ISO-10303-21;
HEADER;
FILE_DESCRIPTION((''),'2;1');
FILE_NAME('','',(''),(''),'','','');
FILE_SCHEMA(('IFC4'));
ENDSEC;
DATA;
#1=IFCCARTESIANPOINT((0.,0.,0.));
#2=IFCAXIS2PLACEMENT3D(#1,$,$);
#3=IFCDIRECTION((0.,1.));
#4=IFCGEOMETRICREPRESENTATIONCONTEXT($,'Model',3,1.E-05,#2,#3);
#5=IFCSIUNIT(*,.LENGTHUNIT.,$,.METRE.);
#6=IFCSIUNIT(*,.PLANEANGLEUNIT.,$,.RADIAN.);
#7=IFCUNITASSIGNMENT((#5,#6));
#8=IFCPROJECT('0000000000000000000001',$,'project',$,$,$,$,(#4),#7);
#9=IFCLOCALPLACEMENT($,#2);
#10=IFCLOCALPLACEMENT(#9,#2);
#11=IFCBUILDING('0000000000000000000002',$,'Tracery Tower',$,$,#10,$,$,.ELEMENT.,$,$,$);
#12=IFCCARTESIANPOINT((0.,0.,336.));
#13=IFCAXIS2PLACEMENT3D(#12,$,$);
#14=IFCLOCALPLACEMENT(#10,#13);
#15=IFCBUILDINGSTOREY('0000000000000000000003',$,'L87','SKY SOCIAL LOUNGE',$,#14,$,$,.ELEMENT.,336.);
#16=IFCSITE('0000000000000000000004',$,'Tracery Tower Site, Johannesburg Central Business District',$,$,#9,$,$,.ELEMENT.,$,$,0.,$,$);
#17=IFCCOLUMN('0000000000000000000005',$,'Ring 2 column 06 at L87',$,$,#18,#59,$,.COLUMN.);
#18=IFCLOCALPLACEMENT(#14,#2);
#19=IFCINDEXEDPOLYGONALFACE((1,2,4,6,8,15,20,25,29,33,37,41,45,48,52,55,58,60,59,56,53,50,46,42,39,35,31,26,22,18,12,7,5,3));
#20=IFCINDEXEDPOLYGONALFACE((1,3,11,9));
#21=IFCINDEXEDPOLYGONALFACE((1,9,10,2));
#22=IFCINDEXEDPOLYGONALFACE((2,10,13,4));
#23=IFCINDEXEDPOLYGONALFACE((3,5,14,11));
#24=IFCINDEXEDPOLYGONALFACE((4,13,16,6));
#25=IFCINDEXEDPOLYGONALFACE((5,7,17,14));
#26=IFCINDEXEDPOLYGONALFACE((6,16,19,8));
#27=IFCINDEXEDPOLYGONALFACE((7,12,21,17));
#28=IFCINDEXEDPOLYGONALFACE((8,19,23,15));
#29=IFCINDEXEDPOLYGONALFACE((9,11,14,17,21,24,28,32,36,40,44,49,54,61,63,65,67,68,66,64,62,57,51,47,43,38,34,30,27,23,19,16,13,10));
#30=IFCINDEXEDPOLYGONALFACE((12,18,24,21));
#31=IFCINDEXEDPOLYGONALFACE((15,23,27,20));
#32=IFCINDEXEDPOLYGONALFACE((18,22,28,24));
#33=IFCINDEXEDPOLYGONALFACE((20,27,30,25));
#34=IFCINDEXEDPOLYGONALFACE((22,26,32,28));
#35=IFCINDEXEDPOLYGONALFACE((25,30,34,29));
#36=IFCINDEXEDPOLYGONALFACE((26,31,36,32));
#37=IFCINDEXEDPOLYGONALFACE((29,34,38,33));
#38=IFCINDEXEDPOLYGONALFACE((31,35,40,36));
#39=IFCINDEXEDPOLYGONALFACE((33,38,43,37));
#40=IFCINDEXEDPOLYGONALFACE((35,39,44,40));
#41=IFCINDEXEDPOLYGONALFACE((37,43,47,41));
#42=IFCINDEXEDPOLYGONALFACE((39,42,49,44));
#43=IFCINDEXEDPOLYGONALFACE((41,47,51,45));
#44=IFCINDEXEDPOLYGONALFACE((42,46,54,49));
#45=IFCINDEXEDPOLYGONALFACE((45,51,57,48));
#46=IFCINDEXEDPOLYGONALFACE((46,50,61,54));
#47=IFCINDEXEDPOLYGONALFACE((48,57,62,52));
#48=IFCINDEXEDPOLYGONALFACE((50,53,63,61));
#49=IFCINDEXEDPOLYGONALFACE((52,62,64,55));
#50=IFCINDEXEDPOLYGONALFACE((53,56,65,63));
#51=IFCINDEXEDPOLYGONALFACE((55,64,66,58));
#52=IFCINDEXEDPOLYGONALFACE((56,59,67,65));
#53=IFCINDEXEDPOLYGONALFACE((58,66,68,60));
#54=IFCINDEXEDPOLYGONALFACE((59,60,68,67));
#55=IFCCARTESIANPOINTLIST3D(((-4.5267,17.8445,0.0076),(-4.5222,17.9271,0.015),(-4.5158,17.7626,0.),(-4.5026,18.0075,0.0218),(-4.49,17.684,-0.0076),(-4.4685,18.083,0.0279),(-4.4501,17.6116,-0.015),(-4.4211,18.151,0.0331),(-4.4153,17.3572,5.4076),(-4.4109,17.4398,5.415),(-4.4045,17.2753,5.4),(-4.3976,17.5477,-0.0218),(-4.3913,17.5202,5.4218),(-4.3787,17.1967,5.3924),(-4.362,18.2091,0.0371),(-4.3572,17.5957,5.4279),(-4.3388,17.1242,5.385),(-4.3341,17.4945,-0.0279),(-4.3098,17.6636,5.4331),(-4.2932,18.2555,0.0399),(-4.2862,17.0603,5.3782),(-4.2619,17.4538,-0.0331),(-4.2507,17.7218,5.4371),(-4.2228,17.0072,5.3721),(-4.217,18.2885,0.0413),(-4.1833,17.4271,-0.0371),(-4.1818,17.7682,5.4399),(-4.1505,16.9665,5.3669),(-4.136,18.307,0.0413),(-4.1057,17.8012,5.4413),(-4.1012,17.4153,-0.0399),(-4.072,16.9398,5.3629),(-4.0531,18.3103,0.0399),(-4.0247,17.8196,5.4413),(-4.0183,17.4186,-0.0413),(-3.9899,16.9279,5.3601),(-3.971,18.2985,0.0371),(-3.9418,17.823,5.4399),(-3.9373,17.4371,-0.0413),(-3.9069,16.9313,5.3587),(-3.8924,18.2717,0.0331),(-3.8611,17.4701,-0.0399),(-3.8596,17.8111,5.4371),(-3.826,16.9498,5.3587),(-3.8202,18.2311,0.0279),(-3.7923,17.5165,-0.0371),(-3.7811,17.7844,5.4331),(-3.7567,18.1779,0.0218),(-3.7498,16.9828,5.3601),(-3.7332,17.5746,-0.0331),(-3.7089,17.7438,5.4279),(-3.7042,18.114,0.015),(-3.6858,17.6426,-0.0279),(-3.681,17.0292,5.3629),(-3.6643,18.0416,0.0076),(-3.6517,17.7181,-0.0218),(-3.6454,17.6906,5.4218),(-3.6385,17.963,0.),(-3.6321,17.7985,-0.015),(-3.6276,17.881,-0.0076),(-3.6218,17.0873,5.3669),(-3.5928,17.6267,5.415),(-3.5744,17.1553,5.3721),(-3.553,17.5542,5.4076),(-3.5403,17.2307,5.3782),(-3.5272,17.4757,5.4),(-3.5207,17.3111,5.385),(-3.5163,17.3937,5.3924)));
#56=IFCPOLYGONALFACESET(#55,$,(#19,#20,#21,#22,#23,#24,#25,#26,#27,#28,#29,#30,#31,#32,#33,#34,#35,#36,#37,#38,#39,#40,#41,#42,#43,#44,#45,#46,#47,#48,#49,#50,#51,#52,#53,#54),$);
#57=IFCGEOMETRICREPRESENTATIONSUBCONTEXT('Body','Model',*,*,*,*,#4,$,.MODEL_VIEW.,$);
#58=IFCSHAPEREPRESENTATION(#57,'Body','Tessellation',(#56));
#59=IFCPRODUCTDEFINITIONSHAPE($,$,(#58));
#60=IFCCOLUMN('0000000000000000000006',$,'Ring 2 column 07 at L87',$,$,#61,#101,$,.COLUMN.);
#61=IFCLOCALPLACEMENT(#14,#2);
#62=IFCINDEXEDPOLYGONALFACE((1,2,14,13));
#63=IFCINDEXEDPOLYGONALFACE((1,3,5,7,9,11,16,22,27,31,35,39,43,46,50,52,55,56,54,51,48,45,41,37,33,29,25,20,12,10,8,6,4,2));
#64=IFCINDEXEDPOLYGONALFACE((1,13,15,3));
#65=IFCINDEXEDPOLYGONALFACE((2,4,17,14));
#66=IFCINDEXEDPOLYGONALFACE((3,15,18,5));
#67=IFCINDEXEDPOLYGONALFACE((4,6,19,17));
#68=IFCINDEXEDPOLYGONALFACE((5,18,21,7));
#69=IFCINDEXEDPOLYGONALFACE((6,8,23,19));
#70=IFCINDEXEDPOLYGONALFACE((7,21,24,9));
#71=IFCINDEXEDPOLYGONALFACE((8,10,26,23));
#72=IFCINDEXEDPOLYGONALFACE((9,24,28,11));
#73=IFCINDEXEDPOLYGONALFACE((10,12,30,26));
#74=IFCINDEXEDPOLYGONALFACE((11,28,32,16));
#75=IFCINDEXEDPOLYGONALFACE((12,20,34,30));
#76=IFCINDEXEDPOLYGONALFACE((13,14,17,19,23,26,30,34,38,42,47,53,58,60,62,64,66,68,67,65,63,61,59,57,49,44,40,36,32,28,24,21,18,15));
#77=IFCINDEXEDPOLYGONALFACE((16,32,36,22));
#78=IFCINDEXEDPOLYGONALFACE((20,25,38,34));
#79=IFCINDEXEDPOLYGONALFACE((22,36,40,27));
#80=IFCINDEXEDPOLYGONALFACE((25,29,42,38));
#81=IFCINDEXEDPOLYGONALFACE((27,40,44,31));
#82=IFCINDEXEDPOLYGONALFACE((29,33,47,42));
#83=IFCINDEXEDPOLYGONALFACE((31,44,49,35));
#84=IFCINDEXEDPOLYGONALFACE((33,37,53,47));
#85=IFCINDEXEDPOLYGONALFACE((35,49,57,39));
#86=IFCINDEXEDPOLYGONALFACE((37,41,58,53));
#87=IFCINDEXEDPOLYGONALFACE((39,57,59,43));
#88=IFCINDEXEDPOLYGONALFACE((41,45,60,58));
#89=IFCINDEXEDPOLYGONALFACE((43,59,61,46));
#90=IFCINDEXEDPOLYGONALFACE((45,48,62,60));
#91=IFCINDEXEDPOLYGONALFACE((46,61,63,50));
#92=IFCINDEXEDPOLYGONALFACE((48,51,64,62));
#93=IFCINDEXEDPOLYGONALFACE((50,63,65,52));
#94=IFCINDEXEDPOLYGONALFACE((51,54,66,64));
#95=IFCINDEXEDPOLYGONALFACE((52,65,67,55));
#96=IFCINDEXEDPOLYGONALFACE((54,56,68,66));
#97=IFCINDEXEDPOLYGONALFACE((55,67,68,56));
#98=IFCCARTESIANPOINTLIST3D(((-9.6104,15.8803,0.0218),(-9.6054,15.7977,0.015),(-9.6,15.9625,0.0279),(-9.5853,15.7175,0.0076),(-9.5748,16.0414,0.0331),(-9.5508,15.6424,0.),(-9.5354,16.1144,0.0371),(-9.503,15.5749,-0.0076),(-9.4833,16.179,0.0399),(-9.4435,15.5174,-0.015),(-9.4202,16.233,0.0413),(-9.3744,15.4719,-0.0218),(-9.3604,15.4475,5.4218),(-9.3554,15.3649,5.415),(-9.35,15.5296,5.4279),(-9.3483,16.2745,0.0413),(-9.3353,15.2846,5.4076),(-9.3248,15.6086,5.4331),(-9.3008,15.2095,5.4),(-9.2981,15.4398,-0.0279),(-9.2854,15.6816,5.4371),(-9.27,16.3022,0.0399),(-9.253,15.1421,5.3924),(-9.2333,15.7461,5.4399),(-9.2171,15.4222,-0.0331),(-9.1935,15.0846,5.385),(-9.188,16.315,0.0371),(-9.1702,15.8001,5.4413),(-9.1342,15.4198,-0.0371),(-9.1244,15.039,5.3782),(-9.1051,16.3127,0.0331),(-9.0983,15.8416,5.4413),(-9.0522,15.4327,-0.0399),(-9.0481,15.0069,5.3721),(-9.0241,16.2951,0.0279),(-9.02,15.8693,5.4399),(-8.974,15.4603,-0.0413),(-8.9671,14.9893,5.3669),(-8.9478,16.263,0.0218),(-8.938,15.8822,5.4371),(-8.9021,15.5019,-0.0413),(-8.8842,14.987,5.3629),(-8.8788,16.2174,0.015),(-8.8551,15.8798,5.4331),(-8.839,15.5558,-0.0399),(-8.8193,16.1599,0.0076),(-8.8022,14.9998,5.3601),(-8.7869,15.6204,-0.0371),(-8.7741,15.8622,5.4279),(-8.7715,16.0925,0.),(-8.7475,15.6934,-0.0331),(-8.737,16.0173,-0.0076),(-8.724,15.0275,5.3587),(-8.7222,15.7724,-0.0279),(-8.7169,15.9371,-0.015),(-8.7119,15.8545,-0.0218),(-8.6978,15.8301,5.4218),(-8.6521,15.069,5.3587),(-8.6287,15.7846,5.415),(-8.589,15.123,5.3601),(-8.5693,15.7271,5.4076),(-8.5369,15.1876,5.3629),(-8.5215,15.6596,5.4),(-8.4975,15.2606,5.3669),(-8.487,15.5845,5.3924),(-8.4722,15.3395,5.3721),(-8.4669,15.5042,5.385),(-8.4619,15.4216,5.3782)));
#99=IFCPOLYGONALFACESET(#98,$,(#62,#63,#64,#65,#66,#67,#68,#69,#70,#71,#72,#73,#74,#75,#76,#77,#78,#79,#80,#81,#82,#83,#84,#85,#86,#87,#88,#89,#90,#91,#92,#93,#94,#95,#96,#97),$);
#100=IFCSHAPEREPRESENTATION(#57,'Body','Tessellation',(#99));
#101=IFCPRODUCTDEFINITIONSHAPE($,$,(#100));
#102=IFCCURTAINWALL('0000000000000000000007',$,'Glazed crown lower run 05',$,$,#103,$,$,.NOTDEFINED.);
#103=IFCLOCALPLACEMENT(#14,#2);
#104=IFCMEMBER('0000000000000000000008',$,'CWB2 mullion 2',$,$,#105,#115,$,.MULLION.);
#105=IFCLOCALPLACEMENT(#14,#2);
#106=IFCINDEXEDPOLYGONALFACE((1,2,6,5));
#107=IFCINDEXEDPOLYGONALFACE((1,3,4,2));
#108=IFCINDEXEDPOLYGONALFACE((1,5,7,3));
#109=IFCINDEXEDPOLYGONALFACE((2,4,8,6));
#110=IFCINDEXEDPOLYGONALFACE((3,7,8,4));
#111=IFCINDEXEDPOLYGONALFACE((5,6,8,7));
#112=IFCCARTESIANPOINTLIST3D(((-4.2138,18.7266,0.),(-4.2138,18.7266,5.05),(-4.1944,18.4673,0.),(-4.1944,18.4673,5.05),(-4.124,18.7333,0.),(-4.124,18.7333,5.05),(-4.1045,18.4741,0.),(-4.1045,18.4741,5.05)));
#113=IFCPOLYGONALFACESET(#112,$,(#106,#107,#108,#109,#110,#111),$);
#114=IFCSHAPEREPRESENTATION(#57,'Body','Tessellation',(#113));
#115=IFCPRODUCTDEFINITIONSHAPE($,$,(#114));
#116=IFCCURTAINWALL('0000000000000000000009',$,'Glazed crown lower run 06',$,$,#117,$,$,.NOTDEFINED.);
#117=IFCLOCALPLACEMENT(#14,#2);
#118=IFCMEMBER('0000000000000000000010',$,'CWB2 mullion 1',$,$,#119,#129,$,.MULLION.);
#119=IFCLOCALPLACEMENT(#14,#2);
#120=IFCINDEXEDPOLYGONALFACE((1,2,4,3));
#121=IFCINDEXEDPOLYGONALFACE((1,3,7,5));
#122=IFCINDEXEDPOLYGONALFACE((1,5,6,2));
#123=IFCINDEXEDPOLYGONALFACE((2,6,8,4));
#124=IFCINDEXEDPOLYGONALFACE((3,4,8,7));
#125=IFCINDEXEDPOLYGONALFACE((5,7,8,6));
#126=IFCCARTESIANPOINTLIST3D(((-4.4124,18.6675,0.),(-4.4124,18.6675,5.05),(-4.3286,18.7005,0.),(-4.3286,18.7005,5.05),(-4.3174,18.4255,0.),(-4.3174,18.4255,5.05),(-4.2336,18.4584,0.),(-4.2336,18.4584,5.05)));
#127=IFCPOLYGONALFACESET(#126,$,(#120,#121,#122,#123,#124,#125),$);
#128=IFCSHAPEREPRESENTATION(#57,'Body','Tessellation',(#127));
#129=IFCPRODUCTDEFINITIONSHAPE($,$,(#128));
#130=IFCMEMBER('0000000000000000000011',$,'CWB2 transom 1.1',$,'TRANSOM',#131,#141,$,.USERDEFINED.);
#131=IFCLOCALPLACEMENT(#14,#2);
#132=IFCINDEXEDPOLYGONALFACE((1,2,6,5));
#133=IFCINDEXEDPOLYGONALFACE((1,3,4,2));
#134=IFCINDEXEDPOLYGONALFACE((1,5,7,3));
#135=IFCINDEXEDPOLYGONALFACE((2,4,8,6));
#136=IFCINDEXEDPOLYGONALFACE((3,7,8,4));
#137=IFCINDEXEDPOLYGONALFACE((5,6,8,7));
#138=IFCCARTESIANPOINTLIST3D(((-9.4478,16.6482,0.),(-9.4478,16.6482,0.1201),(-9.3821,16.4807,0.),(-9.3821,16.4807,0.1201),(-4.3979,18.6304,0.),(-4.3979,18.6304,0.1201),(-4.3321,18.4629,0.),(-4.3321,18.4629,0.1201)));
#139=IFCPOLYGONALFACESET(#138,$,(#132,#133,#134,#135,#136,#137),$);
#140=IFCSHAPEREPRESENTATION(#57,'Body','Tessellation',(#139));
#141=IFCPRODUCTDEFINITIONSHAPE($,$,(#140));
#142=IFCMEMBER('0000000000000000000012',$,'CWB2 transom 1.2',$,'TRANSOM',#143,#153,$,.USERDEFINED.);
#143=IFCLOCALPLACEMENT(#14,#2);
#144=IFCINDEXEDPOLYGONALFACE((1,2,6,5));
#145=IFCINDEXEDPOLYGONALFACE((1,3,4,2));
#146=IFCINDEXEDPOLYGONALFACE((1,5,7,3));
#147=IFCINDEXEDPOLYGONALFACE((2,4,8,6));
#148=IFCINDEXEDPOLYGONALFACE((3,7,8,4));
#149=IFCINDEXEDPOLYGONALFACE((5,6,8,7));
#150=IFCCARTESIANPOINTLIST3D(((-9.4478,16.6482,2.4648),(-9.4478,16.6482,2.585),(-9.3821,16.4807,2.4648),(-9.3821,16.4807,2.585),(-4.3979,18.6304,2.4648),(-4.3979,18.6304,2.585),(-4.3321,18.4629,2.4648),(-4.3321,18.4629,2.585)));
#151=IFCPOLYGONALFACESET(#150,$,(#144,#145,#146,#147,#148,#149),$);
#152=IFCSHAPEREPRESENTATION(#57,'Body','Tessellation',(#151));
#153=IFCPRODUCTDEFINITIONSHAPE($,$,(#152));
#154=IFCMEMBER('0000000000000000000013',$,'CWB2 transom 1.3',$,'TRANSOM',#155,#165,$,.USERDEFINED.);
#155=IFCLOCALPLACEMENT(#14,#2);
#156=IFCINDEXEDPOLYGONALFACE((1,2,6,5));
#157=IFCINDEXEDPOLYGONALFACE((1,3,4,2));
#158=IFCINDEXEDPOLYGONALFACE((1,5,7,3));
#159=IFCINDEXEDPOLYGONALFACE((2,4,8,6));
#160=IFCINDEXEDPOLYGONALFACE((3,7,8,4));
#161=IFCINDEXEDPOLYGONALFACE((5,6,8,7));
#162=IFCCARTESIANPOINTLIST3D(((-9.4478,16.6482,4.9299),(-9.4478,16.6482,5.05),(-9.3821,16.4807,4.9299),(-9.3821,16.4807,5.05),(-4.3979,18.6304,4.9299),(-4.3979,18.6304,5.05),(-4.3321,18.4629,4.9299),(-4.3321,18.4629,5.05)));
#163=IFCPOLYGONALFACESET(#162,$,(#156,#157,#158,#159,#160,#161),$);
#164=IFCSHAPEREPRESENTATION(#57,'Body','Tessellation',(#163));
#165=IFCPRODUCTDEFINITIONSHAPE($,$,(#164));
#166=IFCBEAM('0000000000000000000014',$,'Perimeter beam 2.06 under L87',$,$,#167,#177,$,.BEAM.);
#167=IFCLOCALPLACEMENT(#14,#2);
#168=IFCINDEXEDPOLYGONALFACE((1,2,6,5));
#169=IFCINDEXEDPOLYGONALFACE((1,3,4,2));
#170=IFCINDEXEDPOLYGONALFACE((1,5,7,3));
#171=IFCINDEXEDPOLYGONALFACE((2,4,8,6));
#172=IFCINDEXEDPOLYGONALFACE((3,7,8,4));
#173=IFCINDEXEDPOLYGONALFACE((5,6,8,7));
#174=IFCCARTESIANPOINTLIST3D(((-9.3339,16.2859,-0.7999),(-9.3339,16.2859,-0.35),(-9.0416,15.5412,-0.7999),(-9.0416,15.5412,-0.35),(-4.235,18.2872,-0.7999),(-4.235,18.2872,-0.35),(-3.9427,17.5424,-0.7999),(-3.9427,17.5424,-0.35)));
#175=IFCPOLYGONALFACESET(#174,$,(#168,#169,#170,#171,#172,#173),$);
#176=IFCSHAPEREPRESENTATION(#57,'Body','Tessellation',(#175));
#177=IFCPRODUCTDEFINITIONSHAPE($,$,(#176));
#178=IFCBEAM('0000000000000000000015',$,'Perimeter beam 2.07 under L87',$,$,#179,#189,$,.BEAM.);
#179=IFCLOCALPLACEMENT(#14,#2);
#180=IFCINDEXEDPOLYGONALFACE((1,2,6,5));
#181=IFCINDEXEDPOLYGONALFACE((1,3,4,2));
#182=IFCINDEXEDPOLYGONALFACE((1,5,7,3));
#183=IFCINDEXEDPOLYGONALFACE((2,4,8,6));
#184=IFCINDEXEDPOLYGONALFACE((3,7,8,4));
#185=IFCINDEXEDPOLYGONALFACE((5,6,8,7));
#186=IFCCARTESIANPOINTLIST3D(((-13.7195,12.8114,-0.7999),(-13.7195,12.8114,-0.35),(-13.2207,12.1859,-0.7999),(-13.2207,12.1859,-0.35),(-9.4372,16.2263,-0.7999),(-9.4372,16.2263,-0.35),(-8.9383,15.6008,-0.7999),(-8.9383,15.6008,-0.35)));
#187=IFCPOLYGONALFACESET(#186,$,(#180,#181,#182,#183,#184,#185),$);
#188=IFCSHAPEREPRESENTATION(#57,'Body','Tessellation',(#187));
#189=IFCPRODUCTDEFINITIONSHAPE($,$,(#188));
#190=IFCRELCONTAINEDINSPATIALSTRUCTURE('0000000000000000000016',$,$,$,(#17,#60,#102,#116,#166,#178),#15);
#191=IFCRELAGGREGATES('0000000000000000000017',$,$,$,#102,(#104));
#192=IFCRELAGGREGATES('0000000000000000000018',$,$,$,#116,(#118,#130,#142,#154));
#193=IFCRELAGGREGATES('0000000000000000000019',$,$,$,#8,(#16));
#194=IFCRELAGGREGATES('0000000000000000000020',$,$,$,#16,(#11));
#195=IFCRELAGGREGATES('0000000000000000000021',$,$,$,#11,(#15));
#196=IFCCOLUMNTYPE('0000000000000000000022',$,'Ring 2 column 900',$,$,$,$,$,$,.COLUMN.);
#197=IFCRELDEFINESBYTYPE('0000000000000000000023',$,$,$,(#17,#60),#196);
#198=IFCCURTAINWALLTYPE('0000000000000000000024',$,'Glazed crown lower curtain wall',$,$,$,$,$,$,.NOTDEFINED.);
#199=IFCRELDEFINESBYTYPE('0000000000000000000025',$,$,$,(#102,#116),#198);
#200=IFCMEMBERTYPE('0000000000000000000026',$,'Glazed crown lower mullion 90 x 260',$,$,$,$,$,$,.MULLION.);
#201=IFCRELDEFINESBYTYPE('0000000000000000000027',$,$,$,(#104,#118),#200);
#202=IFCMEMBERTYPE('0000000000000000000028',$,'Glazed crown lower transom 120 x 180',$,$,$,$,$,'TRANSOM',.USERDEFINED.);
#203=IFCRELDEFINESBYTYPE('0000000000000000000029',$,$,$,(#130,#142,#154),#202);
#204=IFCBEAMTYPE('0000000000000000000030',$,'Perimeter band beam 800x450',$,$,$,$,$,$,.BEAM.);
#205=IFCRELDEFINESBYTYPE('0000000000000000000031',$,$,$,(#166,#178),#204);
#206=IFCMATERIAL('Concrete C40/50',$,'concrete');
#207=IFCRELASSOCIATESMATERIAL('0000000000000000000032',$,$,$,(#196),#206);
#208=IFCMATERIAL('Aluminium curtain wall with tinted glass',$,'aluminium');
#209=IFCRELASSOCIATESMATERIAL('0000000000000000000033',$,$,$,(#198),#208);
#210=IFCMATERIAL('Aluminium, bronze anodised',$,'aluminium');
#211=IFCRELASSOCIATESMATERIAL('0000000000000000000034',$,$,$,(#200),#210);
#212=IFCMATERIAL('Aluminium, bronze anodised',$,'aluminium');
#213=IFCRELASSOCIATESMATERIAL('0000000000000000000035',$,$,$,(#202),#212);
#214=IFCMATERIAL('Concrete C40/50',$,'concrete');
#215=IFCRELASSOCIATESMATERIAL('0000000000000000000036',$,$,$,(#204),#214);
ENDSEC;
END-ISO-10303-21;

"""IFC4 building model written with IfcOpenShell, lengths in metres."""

from ifc_helpers import new_model, si_unit, direction, frame, origin, origin_2d, place, context, subcontext, project, spatial, rectangle, circle, extrude, material, material_profile, profile_set, type_object, element, aggregate, save


model = new_model("IFC4")

# Units and contexts
model_context = context("Model", 3, precision=1e-05, world=origin(), true_north=direction((0.0, 1.0)))
body_context = subcontext(model_context, "Body", "Model", "MODEL_VIEW")
ifc_project = project(units=[si_unit("LENGTHUNIT", "METRE"), si_unit("PLANEANGLEUNIT", "RADIAN")], contexts=[model_context])

# Site, building, storey
site_placement = place(None, origin())
site = spatial("IfcSite", under=ifc_project, at=site_placement, Name="Tracery Tower Site, Johannesburg Central Business District", CompositionType="ELEMENT", RefElevation=0.0)
building_placement = place(site_placement, origin())
building = spatial("IfcBuilding", under=site, at=building_placement, Name="Tracery Tower", CompositionType="ELEMENT")
storey_placement = place(building_placement, frame((0.0, 0.0, 336.0)))
storey = spatial("IfcBuildingStorey", under=building, at=storey_placement, Name="L87", Description="SKY SOCIAL LOUNGE", CompositionType="ELEMENT", Elevation=336.0)

# Columns
ifc_material_1 = material(Name="Concrete C40/50", Category="concrete")
ifc_material_profile_1 = material_profile(ifc_material_1, circle(Radius=0.45, at=origin_2d()), Name="RC D900")
ifc_profile_set_1 = profile_set([ifc_material_profile_1], Name="Concrete C40/50")
column_type = type_object("IfcColumnType", Name="Ring 2 column 900", PredefinedType="COLUMN", material=ifc_profile_set_1)
for number, where, z_axis, x_axis, name in (
    (1, (-4.0771, 17.8628, 0.0), (0.020529, -0.089859, 0.995743), (0.974883, 0.222719, 0.0), "Ring 2 column 06 at L87"),
    (2, (-9.1611, 15.8674, 0.0), (0.0461, -0.07982, 0.995743), (0.86595, 0.500131, 0.0), "Ring 2 column 07 at L87"),
):
    element("IfcColumn", number, at=place(storey_placement, frame(where, z_axis=z_axis, x_axis=x_axis)), inside=storey, type_object=column_type, Name=name, PredefinedType="COLUMN", context=body_context, shape_type="SweptSolid", body=[
        extrude(circle(Radius=0.45, at=origin_2d()), origin(), (0.0, 0.0, 1.0), 5.4231),
    ])

# Curtain wall, member
ifc_material_2 = material(Name="Aluminium curtain wall with tinted glass", Category="aluminium")
curtain_wall_type = type_object("IfcCurtainWallType", Name="Glazed crown lower curtain wall", PredefinedType="NOTDEFINED", material=ifc_material_2)
curtain_wall_1_placement = place(storey_placement, origin())
curtain_wall_1 = element("IfcCurtainWall", 3, at=curtain_wall_1_placement, inside=storey, type_object=curtain_wall_type, Name="Glazed crown lower run 05", PredefinedType="NOTDEFINED")
ifc_material_3 = material(Name="Aluminium, bronze anodised", Category="aluminium")
ifc_material_profile_2 = material_profile(ifc_material_3, rectangle(XDim=0.26, YDim=0.0901, at=origin_2d()), Name="Glazed crown lower mullion 90 x 260")
ifc_profile_set_2 = profile_set([ifc_material_profile_2], Name="Aluminium, bronze anodised")
member_type_1 = type_object("IfcMemberType", Name="Glazed crown lower mullion 90 x 260", PredefinedType="MULLION", material=ifc_profile_set_2)
member_1_placement = place(storey_placement, frame((-4.1592, 18.6003, 0.0), z_axis=(0.0, 0.0, 1.0), x_axis=(0.074735, -0.997203, 0.0)))
member_1 = element("IfcMember", 4, at=member_1_placement, type_object=member_type_1, Name="CWB2 mullion 2", PredefinedType="MULLION", context=body_context, shape_type="SweptSolid", body=[
    extrude(rectangle(XDim=0.26, YDim=0.0901, at=origin_2d()), origin(), (0.0, 0.0, 1.0), 5.05),
])

# Curtain wall, members
curtain_wall_2_placement = place(storey_placement, origin())
curtain_wall_2 = element("IfcCurtainWall", 5, at=curtain_wall_2_placement, inside=storey, type_object=curtain_wall_type, Name="Glazed crown lower run 06", PredefinedType="NOTDEFINED")
member_2_placement = place(storey_placement, frame((-4.323, 18.563, 0.0), z_axis=(0.0, 0.0, 1.0), x_axis=(0.365342, -0.930874, 0.0)))
member_2 = element("IfcMember", 6, at=member_2_placement, type_object=member_type_1, Name="CWB2 mullion 1", PredefinedType="MULLION", context=body_context, shape_type="SweptSolid", body=[
    extrude(rectangle(XDim=0.26, YDim=0.0901, at=origin_2d()), origin(), (0.0, 0.0, 1.0), 5.05),
])
ifc_material_4 = material(Name="Aluminium, bronze anodised", Category="aluminium")
ifc_material_profile_3 = material_profile(ifc_material_4, rectangle(XDim=0.1799, YDim=0.1201, at=origin_2d()), Name="Glazed crown lower transom 120 x 180")
ifc_profile_set_3 = profile_set([ifc_material_profile_3], Name="Aluminium, bronze anodised")
member_type_2 = type_object("IfcMemberType", Name="Glazed crown lower transom 120 x 180", ElementType="TRANSOM", PredefinedType="USERDEFINED", material=ifc_profile_set_3)
member_3_placement = place(storey_placement, frame((-4.365, 18.5466, 0.0601), z_axis=(-0.930862, -0.36537, 0.0), x_axis=(0.36537, -0.930862, 0.0)))
member_3 = element("IfcMember", 7, at=member_3_placement, type_object=member_type_2, Name="CWB2 transom 1.1", ObjectType="TRANSOM", PredefinedType="USERDEFINED", context=body_context, shape_type="SweptSolid", body=[
    extrude(rectangle(XDim=0.1799, YDim=0.1201, at=origin_2d()), origin(), (0.0, 0.0, 1.0), 5.425),
])
member_4_placement = place(storey_placement, frame((-4.365, 18.5466, 2.5249), z_axis=(-0.930862, -0.36537, 0.0), x_axis=(0.36537, -0.930862, 0.0)))
member_4 = element("IfcMember", 8, at=member_4_placement, type_object=member_type_2, Name="CWB2 transom 1.2", ObjectType="TRANSOM", PredefinedType="USERDEFINED", context=body_context, shape_type="SweptSolid", body=[
    extrude(rectangle(XDim=0.1799, YDim=0.1201, at=origin_2d()), origin(), (0.0, 0.0, 1.0), 5.425),
])
member_5_placement = place(storey_placement, frame((-4.365, 18.5466, 4.99), z_axis=(-0.930862, -0.36537, 0.0), x_axis=(0.36537, -0.930862, 0.0)))
member_5 = element("IfcMember", 9, at=member_5_placement, type_object=member_type_2, Name="CWB2 transom 1.3", ObjectType="TRANSOM", PredefinedType="USERDEFINED", context=body_context, shape_type="SweptSolid", body=[
    extrude(rectangle(XDim=0.1799, YDim=0.1201, at=origin_2d()), origin(), (0.0, 0.0, 1.0), 5.425),
])

# Beams
ifc_material_5 = material(Name="Concrete C40/50", Category="concrete")
ifc_material_profile_4 = material_profile(ifc_material_5, rectangle(XDim=0.8, YDim=0.45, at=origin_2d()), Name="RC 800x450")
ifc_profile_set_4 = profile_set([ifc_material_profile_4], Name="Concrete C40/50")
beam_type = type_object("IfcBeamType", Name="Perimeter band beam 800x450", PredefinedType="BEAM", material=ifc_profile_set_4)
beam_1_placement = place(storey_placement, frame((-4.0889, 17.9148, -0.575), z_axis=(-0.93087, -0.36535, 0.0), x_axis=(0.36535, -0.93087, 0.0)))
element("IfcBeam", 10, at=beam_1_placement, inside=storey, type_object=beam_type, Name="Perimeter beam 2.06 under L87", PredefinedType="BEAM", context=body_context, shape_type="SweptSolid", body=[
    extrude(rectangle(XDim=0.8, YDim=0.45, at=origin_2d()), origin(), (0.0, 0.0, 1.0), 5.4775),
])
beam_2_placement = place(storey_placement, frame((-9.1877, 15.9136, -0.575), z_axis=(-0.781842, -0.623477, 0.0), x_axis=(0.623477, -0.781842, 0.0)))
element("IfcBeam", 11, at=beam_2_placement, inside=storey, type_object=beam_type, Name="Perimeter beam 2.07 under L87", PredefinedType="BEAM", context=body_context, shape_type="SweptSolid", body=[
    extrude(rectangle(XDim=0.8, YDim=0.45, at=origin_2d()), origin(), (0.0, 0.0, 1.0), 5.4773),
])

aggregate(curtain_wall_1, [member_1])
aggregate(curtain_wall_2, [member_2, member_3, member_4, member_5])

save(model, "model.ifc")
